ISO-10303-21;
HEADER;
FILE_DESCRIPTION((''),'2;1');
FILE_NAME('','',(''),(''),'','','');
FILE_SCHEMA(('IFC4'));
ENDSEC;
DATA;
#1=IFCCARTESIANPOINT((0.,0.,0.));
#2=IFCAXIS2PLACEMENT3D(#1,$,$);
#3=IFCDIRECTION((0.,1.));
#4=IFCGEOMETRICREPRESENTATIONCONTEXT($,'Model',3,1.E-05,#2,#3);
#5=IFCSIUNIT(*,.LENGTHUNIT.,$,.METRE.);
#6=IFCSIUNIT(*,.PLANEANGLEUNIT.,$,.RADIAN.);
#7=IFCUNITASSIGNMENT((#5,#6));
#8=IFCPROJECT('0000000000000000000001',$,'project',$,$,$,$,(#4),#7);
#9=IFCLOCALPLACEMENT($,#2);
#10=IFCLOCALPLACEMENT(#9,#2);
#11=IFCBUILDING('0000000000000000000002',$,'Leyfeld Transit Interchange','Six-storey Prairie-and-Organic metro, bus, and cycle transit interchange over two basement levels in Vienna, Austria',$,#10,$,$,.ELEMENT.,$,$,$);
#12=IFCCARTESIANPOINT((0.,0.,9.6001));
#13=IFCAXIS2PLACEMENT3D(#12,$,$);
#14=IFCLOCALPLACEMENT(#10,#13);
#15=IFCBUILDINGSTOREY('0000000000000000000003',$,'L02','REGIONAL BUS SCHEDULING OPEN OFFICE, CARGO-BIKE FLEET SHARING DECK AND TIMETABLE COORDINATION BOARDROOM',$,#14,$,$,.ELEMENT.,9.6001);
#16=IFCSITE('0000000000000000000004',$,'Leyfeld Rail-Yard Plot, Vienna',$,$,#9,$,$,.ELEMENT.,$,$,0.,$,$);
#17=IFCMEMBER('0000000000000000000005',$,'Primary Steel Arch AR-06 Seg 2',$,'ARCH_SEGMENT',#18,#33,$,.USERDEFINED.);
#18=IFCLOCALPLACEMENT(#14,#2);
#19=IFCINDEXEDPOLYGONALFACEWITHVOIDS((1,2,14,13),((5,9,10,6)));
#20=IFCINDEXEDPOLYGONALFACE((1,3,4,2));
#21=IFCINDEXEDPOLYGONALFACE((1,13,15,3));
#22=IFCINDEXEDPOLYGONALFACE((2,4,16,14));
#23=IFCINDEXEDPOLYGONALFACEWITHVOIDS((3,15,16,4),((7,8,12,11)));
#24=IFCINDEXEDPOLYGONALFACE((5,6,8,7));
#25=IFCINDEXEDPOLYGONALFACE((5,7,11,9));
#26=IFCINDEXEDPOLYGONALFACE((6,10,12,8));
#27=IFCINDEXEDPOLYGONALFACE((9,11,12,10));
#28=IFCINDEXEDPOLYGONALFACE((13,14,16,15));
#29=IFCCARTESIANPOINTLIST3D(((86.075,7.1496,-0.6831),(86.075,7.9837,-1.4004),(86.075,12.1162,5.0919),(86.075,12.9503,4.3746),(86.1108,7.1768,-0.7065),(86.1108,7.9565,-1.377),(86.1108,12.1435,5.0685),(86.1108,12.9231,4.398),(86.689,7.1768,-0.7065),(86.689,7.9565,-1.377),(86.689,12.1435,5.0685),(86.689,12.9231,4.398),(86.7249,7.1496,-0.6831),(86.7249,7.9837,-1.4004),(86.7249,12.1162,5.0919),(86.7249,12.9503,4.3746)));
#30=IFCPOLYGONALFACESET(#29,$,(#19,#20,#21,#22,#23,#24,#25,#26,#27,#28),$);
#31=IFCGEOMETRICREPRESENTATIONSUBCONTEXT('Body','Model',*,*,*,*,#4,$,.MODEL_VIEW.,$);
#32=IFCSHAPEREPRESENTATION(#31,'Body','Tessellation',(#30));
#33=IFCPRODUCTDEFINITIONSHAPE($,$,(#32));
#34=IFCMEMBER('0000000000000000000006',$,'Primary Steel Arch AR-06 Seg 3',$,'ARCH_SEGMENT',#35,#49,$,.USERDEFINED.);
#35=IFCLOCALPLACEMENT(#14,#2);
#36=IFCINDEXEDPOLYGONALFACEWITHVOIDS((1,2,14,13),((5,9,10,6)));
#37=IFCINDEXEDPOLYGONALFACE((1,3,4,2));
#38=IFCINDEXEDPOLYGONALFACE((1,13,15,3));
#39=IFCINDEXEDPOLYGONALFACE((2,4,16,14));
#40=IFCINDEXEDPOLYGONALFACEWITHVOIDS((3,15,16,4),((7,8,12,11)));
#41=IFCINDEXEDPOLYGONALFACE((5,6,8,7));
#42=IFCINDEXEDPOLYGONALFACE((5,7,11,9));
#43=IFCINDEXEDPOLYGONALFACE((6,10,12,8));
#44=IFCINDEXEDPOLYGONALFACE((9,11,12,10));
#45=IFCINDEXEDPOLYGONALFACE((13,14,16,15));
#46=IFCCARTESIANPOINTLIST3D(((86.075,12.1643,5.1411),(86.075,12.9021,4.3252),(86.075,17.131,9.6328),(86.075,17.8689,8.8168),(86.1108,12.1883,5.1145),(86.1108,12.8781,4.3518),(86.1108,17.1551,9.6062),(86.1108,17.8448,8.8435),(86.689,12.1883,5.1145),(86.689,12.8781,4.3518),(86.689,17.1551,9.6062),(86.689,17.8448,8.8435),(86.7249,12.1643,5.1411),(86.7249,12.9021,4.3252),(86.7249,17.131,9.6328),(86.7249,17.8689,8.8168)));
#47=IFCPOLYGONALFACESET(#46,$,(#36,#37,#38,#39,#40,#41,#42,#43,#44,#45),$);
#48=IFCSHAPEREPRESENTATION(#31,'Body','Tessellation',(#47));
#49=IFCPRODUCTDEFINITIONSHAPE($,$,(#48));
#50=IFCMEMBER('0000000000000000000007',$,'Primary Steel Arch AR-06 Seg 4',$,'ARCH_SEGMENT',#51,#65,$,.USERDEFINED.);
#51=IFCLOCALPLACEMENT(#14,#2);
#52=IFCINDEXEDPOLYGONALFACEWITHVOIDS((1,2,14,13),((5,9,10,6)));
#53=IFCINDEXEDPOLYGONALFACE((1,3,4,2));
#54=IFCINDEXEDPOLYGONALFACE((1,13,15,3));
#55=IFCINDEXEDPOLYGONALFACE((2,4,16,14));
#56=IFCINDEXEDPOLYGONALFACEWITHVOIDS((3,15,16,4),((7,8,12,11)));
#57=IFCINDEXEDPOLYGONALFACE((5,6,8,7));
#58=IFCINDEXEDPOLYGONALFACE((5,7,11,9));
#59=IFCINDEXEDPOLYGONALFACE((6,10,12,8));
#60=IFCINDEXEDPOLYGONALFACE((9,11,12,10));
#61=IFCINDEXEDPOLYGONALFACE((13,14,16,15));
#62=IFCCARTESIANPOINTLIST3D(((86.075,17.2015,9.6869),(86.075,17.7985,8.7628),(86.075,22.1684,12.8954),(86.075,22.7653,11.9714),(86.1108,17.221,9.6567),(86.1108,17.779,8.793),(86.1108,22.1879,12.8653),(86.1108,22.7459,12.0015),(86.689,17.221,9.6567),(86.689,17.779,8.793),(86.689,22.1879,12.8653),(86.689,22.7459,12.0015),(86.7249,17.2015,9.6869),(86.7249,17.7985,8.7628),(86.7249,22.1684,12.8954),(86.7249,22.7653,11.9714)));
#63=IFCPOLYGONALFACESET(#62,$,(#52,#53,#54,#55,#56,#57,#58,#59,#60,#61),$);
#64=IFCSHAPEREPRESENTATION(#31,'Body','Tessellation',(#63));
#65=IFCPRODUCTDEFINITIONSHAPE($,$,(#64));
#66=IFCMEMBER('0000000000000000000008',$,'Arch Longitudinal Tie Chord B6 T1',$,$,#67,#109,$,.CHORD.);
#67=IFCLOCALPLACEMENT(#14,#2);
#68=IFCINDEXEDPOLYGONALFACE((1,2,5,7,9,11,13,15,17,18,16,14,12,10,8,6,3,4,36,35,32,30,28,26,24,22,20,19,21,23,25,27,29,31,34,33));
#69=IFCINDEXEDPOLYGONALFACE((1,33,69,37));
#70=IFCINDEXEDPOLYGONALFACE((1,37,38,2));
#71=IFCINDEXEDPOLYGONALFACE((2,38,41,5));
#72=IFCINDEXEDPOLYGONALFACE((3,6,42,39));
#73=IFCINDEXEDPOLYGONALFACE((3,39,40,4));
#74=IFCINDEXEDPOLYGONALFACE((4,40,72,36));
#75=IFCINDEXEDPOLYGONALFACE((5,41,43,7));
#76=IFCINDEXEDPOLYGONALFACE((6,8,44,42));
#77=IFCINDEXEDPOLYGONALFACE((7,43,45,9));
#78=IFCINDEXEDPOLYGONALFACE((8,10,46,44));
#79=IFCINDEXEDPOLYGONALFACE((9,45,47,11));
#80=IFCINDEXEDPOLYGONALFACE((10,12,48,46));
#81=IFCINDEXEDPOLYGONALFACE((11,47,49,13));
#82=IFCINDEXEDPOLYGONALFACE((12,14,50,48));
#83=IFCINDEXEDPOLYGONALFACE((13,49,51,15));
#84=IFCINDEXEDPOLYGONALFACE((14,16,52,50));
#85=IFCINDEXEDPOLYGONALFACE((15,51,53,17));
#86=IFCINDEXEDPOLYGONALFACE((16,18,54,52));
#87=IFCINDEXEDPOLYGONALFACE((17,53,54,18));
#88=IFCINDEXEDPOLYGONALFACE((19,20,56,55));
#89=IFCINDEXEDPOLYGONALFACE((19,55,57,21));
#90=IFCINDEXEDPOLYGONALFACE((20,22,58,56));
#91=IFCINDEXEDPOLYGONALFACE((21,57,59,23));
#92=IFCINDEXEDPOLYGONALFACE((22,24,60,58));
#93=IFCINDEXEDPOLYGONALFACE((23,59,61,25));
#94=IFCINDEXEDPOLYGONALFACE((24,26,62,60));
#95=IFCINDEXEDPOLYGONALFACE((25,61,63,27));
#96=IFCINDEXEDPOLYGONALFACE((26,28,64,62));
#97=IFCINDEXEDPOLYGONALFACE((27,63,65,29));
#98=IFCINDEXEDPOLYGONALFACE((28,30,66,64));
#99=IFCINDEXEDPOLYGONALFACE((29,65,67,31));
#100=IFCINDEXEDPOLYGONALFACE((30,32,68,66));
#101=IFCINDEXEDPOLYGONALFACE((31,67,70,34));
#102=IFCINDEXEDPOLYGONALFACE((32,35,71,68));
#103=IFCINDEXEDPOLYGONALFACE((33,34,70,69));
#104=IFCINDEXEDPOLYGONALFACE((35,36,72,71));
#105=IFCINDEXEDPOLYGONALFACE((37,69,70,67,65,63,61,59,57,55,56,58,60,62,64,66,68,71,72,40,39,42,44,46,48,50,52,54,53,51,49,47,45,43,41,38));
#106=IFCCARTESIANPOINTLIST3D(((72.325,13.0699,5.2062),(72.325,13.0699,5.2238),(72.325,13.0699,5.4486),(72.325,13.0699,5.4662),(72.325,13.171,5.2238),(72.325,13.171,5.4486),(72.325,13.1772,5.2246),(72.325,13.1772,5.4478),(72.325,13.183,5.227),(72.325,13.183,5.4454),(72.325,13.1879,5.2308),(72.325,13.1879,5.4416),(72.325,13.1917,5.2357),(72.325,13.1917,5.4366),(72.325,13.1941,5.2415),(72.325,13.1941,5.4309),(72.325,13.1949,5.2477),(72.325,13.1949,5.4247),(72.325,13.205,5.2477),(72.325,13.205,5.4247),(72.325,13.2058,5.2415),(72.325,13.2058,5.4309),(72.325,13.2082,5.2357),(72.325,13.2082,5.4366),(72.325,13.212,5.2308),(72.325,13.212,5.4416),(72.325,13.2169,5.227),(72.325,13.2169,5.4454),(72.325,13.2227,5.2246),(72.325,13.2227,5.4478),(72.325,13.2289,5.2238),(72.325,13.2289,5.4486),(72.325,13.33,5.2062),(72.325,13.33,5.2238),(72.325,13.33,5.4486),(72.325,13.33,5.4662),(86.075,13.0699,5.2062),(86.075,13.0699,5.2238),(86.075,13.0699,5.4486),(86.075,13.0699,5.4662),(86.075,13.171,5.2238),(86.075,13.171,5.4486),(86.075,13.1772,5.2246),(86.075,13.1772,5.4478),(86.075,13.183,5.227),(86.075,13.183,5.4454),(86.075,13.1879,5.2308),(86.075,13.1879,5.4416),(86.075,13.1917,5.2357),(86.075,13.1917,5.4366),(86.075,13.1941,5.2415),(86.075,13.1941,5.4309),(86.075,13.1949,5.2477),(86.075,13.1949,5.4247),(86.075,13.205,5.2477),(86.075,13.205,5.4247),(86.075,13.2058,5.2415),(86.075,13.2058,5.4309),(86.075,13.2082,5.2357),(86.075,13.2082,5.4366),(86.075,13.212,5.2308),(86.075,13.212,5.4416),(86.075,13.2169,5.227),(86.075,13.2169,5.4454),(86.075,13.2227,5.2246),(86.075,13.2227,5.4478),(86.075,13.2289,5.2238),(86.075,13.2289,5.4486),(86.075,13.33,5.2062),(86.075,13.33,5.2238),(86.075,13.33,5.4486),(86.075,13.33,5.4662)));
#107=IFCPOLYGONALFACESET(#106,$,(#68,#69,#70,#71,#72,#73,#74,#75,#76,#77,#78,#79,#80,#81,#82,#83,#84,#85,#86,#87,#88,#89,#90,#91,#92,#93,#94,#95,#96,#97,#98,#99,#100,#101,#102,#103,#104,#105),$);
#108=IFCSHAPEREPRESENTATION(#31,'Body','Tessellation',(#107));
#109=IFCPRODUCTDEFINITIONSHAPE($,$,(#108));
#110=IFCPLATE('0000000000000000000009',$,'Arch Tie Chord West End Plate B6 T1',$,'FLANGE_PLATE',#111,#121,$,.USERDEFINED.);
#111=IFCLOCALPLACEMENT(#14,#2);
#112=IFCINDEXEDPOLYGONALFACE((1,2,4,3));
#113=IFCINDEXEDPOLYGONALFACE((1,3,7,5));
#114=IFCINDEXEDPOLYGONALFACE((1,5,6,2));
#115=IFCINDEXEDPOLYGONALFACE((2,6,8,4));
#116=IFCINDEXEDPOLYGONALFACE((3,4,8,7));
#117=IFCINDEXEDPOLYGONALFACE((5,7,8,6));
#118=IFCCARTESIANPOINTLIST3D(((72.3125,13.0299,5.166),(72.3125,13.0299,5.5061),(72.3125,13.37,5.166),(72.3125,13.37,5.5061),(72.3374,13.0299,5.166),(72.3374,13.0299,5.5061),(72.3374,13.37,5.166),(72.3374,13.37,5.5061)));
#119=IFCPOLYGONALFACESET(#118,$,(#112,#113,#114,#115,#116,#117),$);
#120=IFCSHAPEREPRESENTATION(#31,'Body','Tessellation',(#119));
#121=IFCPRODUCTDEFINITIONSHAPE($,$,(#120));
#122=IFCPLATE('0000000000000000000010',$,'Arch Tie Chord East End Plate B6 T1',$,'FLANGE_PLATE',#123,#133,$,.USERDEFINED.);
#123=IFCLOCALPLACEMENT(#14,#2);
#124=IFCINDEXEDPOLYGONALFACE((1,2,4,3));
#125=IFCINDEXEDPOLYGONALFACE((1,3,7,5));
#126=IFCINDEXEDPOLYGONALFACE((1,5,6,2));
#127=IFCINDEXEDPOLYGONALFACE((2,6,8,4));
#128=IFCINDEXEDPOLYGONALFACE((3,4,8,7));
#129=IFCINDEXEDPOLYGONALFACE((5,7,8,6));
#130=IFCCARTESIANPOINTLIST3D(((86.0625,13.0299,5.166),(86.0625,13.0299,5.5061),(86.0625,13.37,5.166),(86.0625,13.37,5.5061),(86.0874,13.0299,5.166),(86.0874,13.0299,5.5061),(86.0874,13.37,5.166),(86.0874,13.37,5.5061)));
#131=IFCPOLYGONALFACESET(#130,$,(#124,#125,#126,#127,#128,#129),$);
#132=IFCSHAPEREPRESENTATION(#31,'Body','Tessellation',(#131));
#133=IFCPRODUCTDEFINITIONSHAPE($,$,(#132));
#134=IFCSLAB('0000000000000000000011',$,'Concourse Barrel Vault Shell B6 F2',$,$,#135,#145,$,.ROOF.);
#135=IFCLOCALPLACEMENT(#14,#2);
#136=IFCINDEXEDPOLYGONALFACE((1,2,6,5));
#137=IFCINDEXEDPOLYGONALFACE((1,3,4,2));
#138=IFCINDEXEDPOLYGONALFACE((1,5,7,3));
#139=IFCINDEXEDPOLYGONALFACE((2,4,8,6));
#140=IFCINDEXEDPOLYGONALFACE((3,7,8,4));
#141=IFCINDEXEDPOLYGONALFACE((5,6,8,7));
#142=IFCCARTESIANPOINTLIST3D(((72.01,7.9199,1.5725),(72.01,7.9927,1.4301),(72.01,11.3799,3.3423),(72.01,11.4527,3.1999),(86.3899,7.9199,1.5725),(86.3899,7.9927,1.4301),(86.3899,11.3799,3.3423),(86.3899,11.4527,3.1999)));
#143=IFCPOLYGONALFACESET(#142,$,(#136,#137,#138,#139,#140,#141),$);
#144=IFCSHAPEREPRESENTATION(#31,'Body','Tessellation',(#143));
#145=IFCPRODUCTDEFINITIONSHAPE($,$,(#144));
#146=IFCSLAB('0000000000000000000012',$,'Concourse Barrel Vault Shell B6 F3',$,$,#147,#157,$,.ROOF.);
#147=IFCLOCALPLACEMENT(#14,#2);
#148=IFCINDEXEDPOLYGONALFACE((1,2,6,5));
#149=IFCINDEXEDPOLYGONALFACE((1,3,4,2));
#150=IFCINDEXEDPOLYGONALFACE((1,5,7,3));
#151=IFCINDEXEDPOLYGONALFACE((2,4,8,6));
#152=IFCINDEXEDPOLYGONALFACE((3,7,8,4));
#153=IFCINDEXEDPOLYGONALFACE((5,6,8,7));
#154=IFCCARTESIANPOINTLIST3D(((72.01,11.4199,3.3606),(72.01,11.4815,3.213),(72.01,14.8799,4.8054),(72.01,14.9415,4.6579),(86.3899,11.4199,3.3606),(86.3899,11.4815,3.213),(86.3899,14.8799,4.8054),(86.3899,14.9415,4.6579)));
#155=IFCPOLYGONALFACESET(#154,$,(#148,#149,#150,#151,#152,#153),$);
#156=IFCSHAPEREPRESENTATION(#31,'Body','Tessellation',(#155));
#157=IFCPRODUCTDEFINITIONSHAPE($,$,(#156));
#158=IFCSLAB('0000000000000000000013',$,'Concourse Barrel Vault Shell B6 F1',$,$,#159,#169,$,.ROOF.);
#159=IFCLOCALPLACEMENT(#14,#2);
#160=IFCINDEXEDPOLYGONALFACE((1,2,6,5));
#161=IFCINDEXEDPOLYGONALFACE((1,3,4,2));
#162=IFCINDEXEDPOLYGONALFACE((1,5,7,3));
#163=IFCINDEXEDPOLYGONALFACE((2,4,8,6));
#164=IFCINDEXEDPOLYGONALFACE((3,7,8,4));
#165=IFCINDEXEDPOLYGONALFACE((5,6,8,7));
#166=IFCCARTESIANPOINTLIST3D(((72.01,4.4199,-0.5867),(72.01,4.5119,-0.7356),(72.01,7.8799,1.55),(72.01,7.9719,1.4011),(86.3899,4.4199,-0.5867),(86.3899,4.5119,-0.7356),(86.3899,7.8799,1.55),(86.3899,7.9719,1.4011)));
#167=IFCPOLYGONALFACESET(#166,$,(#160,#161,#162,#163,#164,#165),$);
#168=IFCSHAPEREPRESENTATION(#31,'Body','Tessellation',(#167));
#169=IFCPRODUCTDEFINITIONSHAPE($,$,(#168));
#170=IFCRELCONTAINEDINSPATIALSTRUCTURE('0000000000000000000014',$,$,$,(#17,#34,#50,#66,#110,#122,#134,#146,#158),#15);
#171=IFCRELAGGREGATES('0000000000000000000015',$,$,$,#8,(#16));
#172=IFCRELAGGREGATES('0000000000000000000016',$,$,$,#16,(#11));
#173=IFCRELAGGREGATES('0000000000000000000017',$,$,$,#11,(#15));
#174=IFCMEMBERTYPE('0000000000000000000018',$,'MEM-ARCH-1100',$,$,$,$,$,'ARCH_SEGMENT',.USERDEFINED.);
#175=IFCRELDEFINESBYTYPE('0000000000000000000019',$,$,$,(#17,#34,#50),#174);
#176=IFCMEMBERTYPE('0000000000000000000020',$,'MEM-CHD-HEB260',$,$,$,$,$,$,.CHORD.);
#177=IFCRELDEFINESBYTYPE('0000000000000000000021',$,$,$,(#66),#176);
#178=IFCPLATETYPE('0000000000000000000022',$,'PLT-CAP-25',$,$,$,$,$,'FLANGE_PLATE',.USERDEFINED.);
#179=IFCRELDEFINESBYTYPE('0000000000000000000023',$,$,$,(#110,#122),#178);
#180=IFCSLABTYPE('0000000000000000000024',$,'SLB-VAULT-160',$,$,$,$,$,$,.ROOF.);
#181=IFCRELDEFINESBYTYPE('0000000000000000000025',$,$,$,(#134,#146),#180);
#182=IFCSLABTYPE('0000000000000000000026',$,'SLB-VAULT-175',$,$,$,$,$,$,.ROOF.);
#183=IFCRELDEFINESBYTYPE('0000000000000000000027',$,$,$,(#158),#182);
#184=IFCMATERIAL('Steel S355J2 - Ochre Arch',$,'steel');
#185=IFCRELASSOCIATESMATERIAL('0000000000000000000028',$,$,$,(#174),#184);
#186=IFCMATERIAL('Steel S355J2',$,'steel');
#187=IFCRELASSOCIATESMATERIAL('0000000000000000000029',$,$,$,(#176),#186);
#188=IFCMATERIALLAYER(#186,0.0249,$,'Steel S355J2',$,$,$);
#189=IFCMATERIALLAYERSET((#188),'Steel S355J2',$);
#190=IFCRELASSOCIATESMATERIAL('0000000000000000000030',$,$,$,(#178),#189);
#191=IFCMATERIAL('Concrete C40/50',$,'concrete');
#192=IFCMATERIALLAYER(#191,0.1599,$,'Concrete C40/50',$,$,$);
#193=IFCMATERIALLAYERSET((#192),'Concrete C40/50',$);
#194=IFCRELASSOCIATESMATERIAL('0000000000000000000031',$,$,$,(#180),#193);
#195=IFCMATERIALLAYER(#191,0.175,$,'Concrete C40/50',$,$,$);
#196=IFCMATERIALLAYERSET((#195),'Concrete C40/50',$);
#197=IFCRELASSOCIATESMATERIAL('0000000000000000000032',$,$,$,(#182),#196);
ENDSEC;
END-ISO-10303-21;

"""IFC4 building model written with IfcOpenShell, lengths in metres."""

from ifc_helpers import new_model, si_unit, direction, frame, origin, origin_2d, place, context, subcontext, project, spatial, polyline, rectangle, hollow_rectangle, i_section, outline, extrude, material, layer, layer_set, material_profile, profile_set, type_object, element, save


model = new_model("IFC4")

# Units and contexts
model_context = context("Model", 3, precision=1e-05, world=origin(), true_north=direction((0.0, 1.0)))
body_context = subcontext(model_context, "Body", "Model", "MODEL_VIEW")
ifc_project = project(units=[si_unit("LENGTHUNIT", "METRE"), si_unit("PLANEANGLEUNIT", "RADIAN")], contexts=[model_context])

# Site, building, storey
site_placement = place(None, origin())
site = spatial("IfcSite", under=ifc_project, at=site_placement, Name="Leyfeld Rail-Yard Plot, Vienna", CompositionType="ELEMENT", RefElevation=0.0)
building_placement = place(site_placement, origin())
building = spatial("IfcBuilding", under=site, at=building_placement, Name="Leyfeld Transit Interchange", Description="Six-storey Prairie-and-Organic metro, bus, and cycle transit interchange over two basement levels in Vienna, Austria", CompositionType="ELEMENT")
storey_placement = place(building_placement, frame((0.0, 0.0, 9.6001)))
storey = spatial("IfcBuildingStorey", under=building, at=storey_placement, Name="L02", Description="REGIONAL BUS SCHEDULING OPEN OFFICE, CARGO-BIKE FLEET SHARING DECK AND TIMETABLE COORDINATION BOARDROOM", CompositionType="ELEMENT", Elevation=9.6001)

# Shared definitions
ifc_material_1 = material(Name="Concrete C40/50", Category="concrete")

# Members
ifc_material_2 = material(Name="Steel S355J2 - Ochre Arch", Category="steel")
ifc_material_profile_1 = material_profile(ifc_material_2, hollow_rectangle(XDim=0.6499, YDim=1.1001, WallThickness=0.0359, at=origin_2d()), Name="RHS 1100x650x36")
ifc_profile_set_1 = profile_set([ifc_material_profile_1], Name="Steel S355J2 - Ochre Arch")
member_type_1 = type_object("IfcMemberType", Name="MEM-ARCH-1100", ElementType="ARCH_SEGMENT", PredefinedType="USERDEFINED", material=ifc_profile_set_1)
member_1_placement = place(storey_placement, frame((86.3999, 7.5667, -1.0417), z_axis=(0.0, 0.65205, 0.758176), x_axis=(-1.0, 0.0, 0.0)))
element("IfcMember", 1, at=member_1_placement, inside=storey, type_object=member_type_1, Name="Primary Steel Arch AR-06 Seg 2", ObjectType="ARCH_SEGMENT", PredefinedType="USERDEFINED", context=body_context, shape_type="SweptSolid", body=[
    extrude(hollow_rectangle(XDim=0.6499, YDim=1.1001, WallThickness=0.0359, at=origin_2d()), origin(), (0.0, 0.0, 1.0), 7.6169),
])
member_2_placement = place(storey_placement, frame((86.3999, 12.5332, 4.7332), z_axis=(0.0, 0.741689, 0.670743), x_axis=(-1.0, 0.0, 0.0)))
element("IfcMember", 2, at=member_2_placement, inside=storey, type_object=member_type_1, Name="Primary Steel Arch AR-06 Seg 3", ObjectType="ARCH_SEGMENT", PredefinedType="USERDEFINED", context=body_context, shape_type="SweptSolid", body=[
    extrude(hollow_rectangle(XDim=0.6499, YDim=1.1001, WallThickness=0.0359, at=origin_2d()), origin(), (0.0, 0.0, 1.0), 6.6965),
])
member_3_placement = place(storey_placement, frame((86.3999, 17.5, 9.2249), z_axis=(0.0, 0.83998, 0.542618), x_axis=(-1.0, 0.0, 0.0)))
element("IfcMember", 3, at=member_3_placement, inside=storey, type_object=member_type_1, Name="Primary Steel Arch AR-06 Seg 4", ObjectType="ARCH_SEGMENT", PredefinedType="USERDEFINED", context=body_context, shape_type="SweptSolid", body=[
    extrude(hollow_rectangle(XDim=0.6499, YDim=1.1001, WallThickness=0.0359, at=origin_2d()), origin(), (0.0, 0.0, 1.0), 5.9131),
])
ifc_material_3 = material(Name="Steel S355J2", Category="steel")
ifc_material_profile_2 = material_profile(ifc_material_3, i_section(OverallWidth=0.26, OverallDepth=0.26, WebThickness=0.01, FlangeThickness=0.0176, FilletRadius=0.0239, at=origin_2d()), Name="HEB 260")
ifc_profile_set_2 = profile_set([ifc_material_profile_2], Name="Steel S355J2")
member_type_2 = type_object("IfcMemberType", Name="MEM-CHD-HEB260", PredefinedType="CHORD", material=ifc_profile_set_2)
member_4_placement = place(storey_placement, frame((72.325, 13.2, 5.3362), z_axis=(1.0, 0.0, 0.0), x_axis=(0.0, 1.0, 0.0)))
element("IfcMember", 4, at=member_4_placement, inside=storey, type_object=member_type_2, Name="Arch Longitudinal Tie Chord B6 T1", PredefinedType="CHORD", context=body_context, shape_type="SweptSolid", body=[
    extrude(i_section(OverallWidth=0.26, OverallDepth=0.26, WebThickness=0.01, FlangeThickness=0.0176, FilletRadius=0.0239, at=origin_2d()), origin(), (0.0, 0.0, 1.0), 13.75),
])

# Plates
ifc_layer_1 = layer(ifc_material_3, 0.0249, Name="Steel S355J2")
ifc_layer_set_1 = layer_set([ifc_layer_1], Name="Steel S355J2")
plate_type = type_object("IfcPlateType", Name="PLT-CAP-25", ElementType="FLANGE_PLATE", PredefinedType="USERDEFINED", material=ifc_layer_set_1)
for number, where, z_axis, x_axis, name in (
    (5, (72.325, 13.2, 5.166), (0.0, 0.0, 1.0), (0.0, 1.0, 0.0), "Arch Tie Chord West End Plate B6 T1"),
    (6, (86.075, 13.2, 5.166), (0.0, 0.0, 1.0), (0.0, 1.0, 0.0), "Arch Tie Chord East End Plate B6 T1"),
):
    element("IfcPlate", number, at=place(storey_placement, frame(where, z_axis=z_axis, x_axis=x_axis)), inside=storey, type_object=plate_type, Name=name, ObjectType="FLANGE_PLATE", PredefinedType="USERDEFINED", context=body_context, shape_type="SweptSolid", body=[
        extrude(rectangle(XDim=0.3401, YDim=0.0249, at=origin_2d()), origin(), (0.0, 0.0, 1.0), 0.3401),
    ])

# Slabs
ifc_layer_2 = layer(ifc_material_1, 0.1599, Name="Concrete C40/50")
ifc_layer_set_2 = layer_set([ifc_layer_2], Name="Concrete C40/50")
slab_type_1 = type_object("IfcSlabType", Name="SLB-VAULT-160", PredefinedType="ROOF", material=ifc_layer_set_2)
slab_1_placement = place(storey_placement, frame((72.01, 7.9199, 1.5725), z_axis=(0.0, -0.455387, 0.890294), x_axis=(1.0, 0.0, 0.0)))
element("IfcSlab", 7, at=slab_1_placement, inside=storey, type_object=slab_type_1, Name="Concourse Barrel Vault Shell B6 F2", PredefinedType="ROOF", context=body_context, shape_type="SweptSolid", body=[
    extrude(outline(polyline([(0.0, 0.0), (14.3799, 0.0), (14.3799, 3.8863), (0.0, 3.8863), (0.0, 0.0)])), origin(), (0.0, 0.0, -1.0), 0.1599),
])
slab_2_placement = place(storey_placement, frame((72.01, 11.4199, 3.3606), z_axis=(0.0, -0.385337, 0.922776), x_axis=(1.0, 0.0, 0.0)))
element("IfcSlab", 8, at=slab_2_placement, inside=storey, type_object=slab_type_1, Name="Concourse Barrel Vault Shell B6 F3", PredefinedType="ROOF", context=body_context, shape_type="SweptSolid", body=[
    extrude(outline(polyline([(0.0, 0.0), (14.3799, 0.0), (14.3799, 3.7495), (0.0, 3.7495), (0.0, 0.0)])), origin(), (0.0, 0.0, -1.0), 0.1599),
])
ifc_layer_3 = layer(ifc_material_1, 0.175, Name="Concrete C40/50")
ifc_layer_set_3 = layer_set([ifc_layer_3], Name="Concrete C40/50")
slab_type_2 = type_object("IfcSlabType", Name="SLB-VAULT-175", PredefinedType="ROOF", material=ifc_layer_set_3)
slab_3_placement = place(storey_placement, frame((72.01, 4.4199, -0.5867), z_axis=(0.0, -0.525437, 0.850833), x_axis=(1.0, 0.0, 0.0)))
element("IfcSlab", 9, at=slab_3_placement, inside=storey, type_object=slab_type_2, Name="Concourse Barrel Vault Shell B6 F1", PredefinedType="ROOF", context=body_context, shape_type="SweptSolid", body=[
    extrude(outline(polyline([(0.0, 0.0), (14.3799, 0.0), (14.3799, 4.0666), (0.0, 4.0666), (0.0, 0.0)])), origin(), (0.0, 0.0, -1.0), 0.175),
])

save(model, "model.ifc")
